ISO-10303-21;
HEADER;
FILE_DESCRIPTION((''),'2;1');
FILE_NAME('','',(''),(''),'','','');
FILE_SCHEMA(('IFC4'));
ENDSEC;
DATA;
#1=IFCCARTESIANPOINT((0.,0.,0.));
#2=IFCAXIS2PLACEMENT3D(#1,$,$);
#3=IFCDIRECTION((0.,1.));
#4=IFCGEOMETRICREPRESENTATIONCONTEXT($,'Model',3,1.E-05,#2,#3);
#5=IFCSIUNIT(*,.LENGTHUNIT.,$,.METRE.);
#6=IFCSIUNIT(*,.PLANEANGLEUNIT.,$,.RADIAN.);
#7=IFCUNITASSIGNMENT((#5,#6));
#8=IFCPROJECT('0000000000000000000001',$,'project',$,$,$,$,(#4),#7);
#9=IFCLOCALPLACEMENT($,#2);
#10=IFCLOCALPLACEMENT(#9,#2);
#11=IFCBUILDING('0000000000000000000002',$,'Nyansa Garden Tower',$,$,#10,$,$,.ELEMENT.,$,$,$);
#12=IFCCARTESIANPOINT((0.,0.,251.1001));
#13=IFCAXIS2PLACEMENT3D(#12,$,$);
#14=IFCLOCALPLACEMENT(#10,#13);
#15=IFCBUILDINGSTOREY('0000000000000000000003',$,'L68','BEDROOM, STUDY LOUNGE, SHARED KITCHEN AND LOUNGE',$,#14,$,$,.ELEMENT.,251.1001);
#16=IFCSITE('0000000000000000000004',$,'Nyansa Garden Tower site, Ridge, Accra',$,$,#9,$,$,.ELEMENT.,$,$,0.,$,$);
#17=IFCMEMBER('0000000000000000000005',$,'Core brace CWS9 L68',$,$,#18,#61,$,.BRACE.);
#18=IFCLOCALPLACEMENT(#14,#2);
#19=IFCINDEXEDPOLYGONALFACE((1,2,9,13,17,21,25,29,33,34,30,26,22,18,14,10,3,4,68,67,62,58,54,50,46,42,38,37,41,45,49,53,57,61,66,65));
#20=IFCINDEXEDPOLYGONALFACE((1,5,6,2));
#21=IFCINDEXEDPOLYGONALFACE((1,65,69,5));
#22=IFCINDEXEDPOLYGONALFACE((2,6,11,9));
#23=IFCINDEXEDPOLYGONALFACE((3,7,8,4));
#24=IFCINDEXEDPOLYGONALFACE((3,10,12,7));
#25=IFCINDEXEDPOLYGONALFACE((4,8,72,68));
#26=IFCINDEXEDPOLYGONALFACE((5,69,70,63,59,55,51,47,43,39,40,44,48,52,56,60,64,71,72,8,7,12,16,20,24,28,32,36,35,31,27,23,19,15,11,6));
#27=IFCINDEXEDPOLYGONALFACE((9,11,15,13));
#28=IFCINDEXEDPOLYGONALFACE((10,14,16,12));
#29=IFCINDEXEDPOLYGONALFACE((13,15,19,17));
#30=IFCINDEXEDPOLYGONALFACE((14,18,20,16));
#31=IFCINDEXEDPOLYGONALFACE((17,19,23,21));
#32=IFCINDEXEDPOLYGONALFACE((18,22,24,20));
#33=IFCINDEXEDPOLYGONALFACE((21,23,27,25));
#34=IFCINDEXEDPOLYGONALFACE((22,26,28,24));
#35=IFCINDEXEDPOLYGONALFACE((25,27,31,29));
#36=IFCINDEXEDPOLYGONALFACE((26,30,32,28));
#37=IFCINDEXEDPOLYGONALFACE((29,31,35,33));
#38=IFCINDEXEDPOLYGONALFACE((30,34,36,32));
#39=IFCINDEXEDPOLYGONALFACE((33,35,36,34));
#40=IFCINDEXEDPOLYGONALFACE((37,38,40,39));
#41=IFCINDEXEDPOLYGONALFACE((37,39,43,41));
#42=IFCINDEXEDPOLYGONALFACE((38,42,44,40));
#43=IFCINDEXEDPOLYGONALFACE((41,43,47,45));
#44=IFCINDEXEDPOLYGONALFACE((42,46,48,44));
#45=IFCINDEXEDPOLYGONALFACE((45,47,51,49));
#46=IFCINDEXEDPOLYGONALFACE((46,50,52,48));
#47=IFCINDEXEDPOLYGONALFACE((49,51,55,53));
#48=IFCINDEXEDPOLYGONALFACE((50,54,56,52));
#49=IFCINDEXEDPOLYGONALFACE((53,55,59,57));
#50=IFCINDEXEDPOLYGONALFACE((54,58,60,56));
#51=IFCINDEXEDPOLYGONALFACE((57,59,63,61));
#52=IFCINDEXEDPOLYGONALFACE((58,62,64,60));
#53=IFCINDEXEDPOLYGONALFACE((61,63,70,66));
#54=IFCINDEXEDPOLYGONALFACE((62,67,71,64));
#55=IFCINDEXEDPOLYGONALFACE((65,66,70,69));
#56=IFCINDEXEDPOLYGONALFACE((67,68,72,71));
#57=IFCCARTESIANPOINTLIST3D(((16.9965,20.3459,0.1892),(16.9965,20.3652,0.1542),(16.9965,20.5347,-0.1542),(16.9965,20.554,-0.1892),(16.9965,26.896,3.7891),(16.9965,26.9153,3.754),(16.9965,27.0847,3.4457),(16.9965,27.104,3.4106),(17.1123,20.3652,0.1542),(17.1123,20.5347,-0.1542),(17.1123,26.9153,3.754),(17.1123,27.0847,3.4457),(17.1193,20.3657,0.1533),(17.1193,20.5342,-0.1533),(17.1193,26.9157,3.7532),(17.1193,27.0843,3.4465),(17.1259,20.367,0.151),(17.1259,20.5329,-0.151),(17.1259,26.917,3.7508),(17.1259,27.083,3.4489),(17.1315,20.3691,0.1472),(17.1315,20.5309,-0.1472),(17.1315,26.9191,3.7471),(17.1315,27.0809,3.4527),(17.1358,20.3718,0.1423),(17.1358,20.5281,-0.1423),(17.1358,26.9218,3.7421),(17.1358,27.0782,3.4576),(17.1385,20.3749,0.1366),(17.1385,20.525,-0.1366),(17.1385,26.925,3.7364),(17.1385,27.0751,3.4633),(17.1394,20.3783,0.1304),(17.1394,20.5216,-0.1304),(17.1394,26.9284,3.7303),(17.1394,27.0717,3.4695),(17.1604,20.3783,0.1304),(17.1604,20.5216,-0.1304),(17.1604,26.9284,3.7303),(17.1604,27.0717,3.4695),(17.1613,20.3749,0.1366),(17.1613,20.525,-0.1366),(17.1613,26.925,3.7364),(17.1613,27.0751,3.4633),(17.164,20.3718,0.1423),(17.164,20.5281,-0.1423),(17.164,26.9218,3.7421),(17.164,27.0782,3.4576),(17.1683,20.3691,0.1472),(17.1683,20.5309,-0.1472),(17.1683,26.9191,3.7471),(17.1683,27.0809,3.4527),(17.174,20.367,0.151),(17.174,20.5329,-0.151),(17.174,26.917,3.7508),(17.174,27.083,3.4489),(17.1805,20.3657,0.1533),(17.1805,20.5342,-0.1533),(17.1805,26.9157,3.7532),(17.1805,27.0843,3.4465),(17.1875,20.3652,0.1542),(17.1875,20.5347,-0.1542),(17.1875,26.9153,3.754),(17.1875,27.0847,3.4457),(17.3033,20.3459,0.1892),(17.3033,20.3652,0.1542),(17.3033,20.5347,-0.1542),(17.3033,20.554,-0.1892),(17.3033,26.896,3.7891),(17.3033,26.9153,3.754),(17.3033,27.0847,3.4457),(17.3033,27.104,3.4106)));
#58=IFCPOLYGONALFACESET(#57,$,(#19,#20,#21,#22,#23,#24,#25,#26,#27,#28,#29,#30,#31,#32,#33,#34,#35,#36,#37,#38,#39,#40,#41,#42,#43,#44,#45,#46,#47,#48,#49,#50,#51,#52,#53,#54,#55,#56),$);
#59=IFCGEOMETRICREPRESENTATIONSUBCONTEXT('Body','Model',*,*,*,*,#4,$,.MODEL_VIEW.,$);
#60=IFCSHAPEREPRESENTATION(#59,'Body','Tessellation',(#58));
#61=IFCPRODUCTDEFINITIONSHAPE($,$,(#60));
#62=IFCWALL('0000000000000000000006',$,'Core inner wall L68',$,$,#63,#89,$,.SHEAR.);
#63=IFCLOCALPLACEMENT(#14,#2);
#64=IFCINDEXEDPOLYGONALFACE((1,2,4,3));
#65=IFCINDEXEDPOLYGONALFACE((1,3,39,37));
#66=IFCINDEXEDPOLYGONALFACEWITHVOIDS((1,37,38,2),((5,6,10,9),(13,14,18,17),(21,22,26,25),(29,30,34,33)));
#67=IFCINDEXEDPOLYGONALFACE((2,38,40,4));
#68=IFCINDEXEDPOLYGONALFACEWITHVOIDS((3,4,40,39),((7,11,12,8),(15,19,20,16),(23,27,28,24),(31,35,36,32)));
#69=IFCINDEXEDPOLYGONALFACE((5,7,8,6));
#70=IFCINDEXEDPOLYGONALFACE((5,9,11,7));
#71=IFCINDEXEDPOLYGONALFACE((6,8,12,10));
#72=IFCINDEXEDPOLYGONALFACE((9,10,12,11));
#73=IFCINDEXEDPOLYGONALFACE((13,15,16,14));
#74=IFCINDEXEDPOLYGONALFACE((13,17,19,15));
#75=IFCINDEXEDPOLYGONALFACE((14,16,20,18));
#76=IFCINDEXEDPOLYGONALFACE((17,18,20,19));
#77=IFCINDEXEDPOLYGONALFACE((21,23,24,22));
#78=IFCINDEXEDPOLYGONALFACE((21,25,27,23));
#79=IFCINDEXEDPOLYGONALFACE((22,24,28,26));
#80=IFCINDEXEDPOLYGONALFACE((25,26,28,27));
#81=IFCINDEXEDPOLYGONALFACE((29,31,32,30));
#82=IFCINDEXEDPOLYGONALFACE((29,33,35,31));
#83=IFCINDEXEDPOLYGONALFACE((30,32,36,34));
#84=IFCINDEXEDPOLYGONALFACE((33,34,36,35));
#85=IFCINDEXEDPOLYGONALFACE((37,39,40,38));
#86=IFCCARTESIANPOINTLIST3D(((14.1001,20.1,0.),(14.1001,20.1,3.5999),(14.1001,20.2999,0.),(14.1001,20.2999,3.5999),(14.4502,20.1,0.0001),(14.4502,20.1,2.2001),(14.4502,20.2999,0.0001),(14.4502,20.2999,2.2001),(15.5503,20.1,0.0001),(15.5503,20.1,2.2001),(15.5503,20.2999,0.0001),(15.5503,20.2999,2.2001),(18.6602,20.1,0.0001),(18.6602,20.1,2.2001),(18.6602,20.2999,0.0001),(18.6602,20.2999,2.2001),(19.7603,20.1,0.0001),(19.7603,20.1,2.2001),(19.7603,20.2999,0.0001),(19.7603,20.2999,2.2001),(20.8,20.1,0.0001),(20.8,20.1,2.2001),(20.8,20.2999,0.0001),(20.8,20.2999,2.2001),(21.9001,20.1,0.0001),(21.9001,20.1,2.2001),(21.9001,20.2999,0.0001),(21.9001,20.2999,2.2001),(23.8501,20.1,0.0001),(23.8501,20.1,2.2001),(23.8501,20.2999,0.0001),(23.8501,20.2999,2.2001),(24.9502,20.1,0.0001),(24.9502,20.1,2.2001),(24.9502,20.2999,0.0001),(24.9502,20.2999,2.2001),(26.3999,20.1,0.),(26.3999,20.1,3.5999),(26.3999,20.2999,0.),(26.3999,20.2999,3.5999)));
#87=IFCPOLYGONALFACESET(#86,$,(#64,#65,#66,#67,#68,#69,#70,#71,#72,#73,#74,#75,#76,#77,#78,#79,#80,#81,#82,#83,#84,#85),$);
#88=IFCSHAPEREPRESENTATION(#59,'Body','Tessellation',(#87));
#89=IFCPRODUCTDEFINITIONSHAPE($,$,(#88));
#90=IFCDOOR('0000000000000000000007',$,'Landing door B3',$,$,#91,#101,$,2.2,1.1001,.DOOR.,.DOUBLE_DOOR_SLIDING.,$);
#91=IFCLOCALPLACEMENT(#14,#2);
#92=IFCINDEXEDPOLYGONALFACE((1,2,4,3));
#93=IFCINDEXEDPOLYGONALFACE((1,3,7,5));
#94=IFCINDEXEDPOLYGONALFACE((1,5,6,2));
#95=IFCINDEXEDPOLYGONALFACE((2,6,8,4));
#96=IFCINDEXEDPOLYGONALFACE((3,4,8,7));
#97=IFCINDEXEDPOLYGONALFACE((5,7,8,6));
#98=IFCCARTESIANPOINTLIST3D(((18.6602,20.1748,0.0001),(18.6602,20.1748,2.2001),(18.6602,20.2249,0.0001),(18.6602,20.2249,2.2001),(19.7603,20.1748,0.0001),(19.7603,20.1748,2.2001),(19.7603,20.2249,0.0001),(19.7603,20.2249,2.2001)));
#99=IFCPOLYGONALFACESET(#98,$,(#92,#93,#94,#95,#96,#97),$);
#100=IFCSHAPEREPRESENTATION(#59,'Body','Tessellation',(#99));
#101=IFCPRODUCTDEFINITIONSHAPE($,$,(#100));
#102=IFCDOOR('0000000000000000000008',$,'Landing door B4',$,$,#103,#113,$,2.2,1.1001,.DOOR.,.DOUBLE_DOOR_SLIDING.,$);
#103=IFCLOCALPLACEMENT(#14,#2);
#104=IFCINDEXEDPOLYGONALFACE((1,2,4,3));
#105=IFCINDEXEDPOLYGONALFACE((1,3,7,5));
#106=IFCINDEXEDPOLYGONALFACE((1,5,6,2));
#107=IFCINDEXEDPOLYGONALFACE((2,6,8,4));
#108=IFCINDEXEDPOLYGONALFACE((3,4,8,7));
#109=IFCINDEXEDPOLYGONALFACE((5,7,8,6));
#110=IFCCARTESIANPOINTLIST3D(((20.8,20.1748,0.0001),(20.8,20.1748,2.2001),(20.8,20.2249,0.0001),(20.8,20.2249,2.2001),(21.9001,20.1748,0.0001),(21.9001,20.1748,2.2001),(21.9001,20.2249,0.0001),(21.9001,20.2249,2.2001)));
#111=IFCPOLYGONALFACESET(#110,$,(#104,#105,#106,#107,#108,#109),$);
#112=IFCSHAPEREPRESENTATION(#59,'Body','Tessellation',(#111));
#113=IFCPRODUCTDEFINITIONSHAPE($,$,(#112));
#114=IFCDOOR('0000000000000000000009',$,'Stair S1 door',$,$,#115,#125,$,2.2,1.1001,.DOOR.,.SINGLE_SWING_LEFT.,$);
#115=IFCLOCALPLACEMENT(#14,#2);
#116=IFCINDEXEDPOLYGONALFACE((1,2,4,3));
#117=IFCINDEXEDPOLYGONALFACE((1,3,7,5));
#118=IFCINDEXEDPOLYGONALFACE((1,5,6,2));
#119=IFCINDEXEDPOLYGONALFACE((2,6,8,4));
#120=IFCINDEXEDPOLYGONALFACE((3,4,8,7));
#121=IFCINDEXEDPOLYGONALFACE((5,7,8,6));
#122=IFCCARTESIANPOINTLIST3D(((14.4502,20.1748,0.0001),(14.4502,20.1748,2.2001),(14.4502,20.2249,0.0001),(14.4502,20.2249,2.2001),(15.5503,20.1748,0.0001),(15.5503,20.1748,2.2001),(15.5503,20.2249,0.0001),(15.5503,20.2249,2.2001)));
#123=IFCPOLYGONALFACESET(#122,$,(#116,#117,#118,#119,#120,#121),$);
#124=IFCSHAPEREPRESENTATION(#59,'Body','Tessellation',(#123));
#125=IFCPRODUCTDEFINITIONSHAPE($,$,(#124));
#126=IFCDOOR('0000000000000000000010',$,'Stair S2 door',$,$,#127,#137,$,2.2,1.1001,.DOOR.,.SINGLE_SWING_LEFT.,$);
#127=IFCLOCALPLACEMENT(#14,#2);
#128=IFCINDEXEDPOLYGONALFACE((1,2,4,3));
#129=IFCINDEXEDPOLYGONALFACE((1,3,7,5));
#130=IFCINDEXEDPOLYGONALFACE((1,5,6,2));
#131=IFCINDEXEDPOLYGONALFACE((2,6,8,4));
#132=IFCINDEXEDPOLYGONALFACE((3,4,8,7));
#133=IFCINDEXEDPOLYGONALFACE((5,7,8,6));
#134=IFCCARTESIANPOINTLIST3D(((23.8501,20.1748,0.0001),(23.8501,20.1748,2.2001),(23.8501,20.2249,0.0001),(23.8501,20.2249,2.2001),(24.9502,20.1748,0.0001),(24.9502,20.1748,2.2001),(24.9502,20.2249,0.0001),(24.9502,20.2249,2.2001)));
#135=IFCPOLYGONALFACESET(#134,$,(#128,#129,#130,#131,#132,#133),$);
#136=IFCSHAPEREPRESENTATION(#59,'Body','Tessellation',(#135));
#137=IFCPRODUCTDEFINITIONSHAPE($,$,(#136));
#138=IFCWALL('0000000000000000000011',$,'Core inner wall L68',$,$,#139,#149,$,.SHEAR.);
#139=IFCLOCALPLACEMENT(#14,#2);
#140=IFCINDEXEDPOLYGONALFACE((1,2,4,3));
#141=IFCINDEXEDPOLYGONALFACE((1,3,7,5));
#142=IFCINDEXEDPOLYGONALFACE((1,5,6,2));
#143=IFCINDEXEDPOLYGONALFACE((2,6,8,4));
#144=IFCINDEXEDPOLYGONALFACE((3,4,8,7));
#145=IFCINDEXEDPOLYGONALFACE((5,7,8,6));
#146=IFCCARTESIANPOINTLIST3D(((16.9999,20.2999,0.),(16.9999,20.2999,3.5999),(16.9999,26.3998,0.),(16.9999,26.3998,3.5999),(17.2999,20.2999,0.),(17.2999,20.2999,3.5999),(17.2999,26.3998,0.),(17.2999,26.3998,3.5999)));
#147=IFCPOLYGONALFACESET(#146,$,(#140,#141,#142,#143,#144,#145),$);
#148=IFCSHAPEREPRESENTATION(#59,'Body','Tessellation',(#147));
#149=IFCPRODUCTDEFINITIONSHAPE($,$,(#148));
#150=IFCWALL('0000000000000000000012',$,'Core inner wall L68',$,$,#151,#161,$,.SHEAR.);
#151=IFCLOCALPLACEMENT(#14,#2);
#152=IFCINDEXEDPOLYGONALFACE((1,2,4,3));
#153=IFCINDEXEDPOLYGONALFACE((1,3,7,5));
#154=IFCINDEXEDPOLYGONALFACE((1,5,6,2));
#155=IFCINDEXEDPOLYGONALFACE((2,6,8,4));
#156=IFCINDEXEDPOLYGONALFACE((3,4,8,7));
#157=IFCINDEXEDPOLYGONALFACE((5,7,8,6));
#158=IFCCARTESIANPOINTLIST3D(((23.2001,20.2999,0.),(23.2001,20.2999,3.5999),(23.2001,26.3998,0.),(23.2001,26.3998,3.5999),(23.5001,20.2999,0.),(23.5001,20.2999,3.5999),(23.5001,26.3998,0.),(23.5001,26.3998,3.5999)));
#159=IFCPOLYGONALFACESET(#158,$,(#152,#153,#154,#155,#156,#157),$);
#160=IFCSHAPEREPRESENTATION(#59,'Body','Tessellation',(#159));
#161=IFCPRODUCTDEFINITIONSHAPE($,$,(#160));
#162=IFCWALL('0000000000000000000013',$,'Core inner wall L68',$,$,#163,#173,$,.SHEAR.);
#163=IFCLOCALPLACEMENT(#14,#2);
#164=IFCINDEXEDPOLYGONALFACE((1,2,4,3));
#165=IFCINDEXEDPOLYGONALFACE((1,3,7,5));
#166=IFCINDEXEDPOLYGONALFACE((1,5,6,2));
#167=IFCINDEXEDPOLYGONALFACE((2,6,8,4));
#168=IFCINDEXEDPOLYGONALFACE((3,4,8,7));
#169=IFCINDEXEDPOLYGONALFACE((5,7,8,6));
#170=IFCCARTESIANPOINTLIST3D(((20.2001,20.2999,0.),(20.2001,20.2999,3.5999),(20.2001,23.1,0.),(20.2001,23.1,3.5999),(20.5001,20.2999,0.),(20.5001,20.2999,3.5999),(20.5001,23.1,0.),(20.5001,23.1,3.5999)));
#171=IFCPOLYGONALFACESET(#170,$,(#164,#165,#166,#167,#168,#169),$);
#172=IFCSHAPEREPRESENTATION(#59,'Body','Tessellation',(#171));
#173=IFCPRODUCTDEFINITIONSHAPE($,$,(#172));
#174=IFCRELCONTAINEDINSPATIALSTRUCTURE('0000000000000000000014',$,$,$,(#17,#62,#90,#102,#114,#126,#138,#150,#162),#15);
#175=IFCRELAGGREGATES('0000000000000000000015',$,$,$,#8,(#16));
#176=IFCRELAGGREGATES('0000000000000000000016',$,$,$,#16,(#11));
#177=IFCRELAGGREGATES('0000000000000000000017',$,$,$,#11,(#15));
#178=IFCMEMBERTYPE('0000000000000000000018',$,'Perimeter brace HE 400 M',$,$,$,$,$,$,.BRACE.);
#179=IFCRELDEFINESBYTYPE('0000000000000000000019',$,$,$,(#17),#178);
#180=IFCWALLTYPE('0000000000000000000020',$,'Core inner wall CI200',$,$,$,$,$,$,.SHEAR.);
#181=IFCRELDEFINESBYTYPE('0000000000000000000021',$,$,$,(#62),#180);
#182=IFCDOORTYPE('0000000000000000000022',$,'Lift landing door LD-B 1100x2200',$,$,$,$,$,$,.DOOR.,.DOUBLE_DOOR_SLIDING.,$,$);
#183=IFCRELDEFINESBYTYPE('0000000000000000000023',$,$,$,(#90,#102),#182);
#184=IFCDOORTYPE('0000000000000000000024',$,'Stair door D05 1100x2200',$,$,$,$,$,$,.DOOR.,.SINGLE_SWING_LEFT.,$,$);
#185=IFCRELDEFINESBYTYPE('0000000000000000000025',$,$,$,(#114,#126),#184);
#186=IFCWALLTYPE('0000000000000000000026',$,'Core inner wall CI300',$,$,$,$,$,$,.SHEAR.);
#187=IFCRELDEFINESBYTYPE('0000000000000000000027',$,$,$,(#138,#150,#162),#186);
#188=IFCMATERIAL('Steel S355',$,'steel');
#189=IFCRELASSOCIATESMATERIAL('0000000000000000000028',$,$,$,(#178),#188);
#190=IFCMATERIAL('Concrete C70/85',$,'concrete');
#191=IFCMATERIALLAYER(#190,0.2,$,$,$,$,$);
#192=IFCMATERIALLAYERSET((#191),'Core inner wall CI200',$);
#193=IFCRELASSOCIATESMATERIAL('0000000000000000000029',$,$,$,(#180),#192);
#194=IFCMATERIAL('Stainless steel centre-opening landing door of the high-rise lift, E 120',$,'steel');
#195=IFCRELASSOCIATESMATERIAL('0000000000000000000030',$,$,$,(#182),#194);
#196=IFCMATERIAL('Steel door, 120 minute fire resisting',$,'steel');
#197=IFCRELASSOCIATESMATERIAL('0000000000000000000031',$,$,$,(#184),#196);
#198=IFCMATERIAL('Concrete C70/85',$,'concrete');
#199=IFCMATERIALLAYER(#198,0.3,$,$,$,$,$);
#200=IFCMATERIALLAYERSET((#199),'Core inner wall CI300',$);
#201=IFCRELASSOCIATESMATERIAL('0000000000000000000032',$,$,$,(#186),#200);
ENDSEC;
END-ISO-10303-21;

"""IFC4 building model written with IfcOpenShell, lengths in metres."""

from ifc_helpers import new_model, si_unit, direction, frame, frame_2d, origin, origin_2d, place, context, subcontext, project, spatial, rectangle, i_section, extrude, material, layer, layer_set, material_profile, profile_set, type_object, element, fill, save


model = new_model("IFC4")

# Units and contexts
model_context = context("Model", 3, precision=1e-05, world=origin(), true_north=direction((0.0, 1.0)))
body_context = subcontext(model_context, "Body", "Model", "MODEL_VIEW")
ifc_project = project(units=[si_unit("LENGTHUNIT", "METRE"), si_unit("PLANEANGLEUNIT", "RADIAN")], contexts=[model_context])

# Site, building, storey
site_placement = place(None, origin())
site = spatial("IfcSite", under=ifc_project, at=site_placement, Name="Nyansa Garden Tower site, Ridge, Accra", CompositionType="ELEMENT", RefElevation=0.0)
building_placement = place(site_placement, origin())
building = spatial("IfcBuilding", under=site, at=building_placement, Name="Nyansa Garden Tower", CompositionType="ELEMENT")
storey_placement = place(building_placement, frame((0.0, 0.0, 251.1001)))
storey = spatial("IfcBuildingStorey", under=building, at=storey_placement, Name="L68", Description="BEDROOM, STUDY LOUNGE, SHARED KITCHEN AND LOUNGE", CompositionType="ELEMENT", Elevation=251.1001)

# Member
ifc_material_1 = material(Name="Steel S355", Category="steel")
ifc_material_profile = material_profile(ifc_material_1, i_section(OverallWidth=0.3069, OverallDepth=0.4319, WebThickness=0.021, FlangeThickness=0.04, FilletRadius=0.0271, at=origin_2d()), Name="HE 400 M")
ifc_profile_set = profile_set([ifc_material_profile], Name="Steel S355")
member_type = type_object("IfcMemberType", Name="Perimeter brace HE 400 M", PredefinedType="BRACE", material=ifc_profile_set)
member_placement = place(storey_placement, frame((17.1499, 20.45, 0.0), z_axis=(0.0, 0.876367, 0.481644), x_axis=(-1.0, 0.0, 0.0)))
element("IfcMember", 1, at=member_placement, inside=storey, type_object=member_type, Name="Core brace CWS9 L68", PredefinedType="BRACE", context=body_context, shape_type="SweptSolid", body=[
    extrude(i_section(OverallWidth=0.3069, OverallDepth=0.4319, WebThickness=0.021, FlangeThickness=0.04, FilletRadius=0.0271, at=origin_2d()), origin(), (0.0, 0.0, 1.0), 7.4741),
])

# Wall, openings, doors
ifc_material_2 = material(Name="Concrete C70/85", Category="concrete")
ifc_layer_1 = layer(ifc_material_2, 0.2)
ifc_layer_set_1 = layer_set([ifc_layer_1], Name="Core inner wall CI200")
wall_type_1 = type_object("IfcWallType", Name="Core inner wall CI200", PredefinedType="SHEAR", material=ifc_layer_set_1)
wall_1_placement = place(storey_placement, frame((14.1001, 20.2, 0.0), z_axis=(0.0, 0.0, 1.0), x_axis=(1.0, 0.0, 0.0)))
wall_1 = element("IfcWall", 2, at=wall_1_placement, inside=storey, type_object=wall_type_1, Name="Core inner wall L68", PredefinedType="SHEAR", context=body_context, shape_type="SweptSolid", body=[
    extrude(rectangle(XDim=12.2998, YDim=0.2, at=frame_2d((6.1499, 0.0))), origin(), (0.0, 0.0, 1.0), 3.5999),
])
opening_1_placement = place(wall_1_placement, frame((4.5601, 0.0, 0.0)))
opening_1 = element("IfcOpeningElement", 3, at=opening_1_placement, cuts=wall_1, PredefinedType="OPENING", context=body_context, shape_type="SweptSolid", body=[
    extrude(rectangle(XDim=1.1001, YDim=2.2, at=frame_2d((0.55, 1.1001))), frame((0.0, 0.1099, 0.0), z_axis=(0.0, -1.0, 0.0), x_axis=(1.0, 0.0, 0.0)), (0.0, 0.0, 1.0), 0.22),
])
opening_2_placement = place(wall_1_placement, frame((6.7, 0.0, 0.0)))
opening_2 = element("IfcOpeningElement", 4, at=opening_2_placement, cuts=wall_1, PredefinedType="OPENING", context=body_context, shape_type="SweptSolid", body=[
    extrude(rectangle(XDim=1.1001, YDim=2.2, at=frame_2d((0.55, 1.1001))), frame((0.0, 0.1099, 0.0), z_axis=(0.0, -1.0, 0.0), x_axis=(1.0, 0.0, 0.0)), (0.0, 0.0, 1.0), 0.22),
])
opening_3_placement = place(wall_1_placement, frame((0.3501, 0.0, 0.0)))
opening_3 = element("IfcOpeningElement", 5, at=opening_3_placement, cuts=wall_1, PredefinedType="OPENING", context=body_context, shape_type="SweptSolid", body=[
    extrude(rectangle(XDim=1.1001, YDim=2.2, at=frame_2d((0.55, 1.1001))), frame((0.0, 0.1099, 0.0), z_axis=(0.0, -1.0, 0.0), x_axis=(1.0, 0.0, 0.0)), (0.0, 0.0, 1.0), 0.22),
])
opening_4_placement = place(wall_1_placement, frame((9.75, 0.0, 0.0)))
opening_4 = element("IfcOpeningElement", 6, at=opening_4_placement, cuts=wall_1, PredefinedType="OPENING", context=body_context, shape_type="SweptSolid", body=[
    extrude(rectangle(XDim=1.1001, YDim=2.2, at=frame_2d((0.55, 1.1001))), frame((0.0, 0.1099, 0.0), z_axis=(0.0, -1.0, 0.0), x_axis=(1.0, 0.0, 0.0)), (0.0, 0.0, 1.0), 0.22),
])
ifc_material_3 = material(Name="Stainless steel centre-opening landing door of the high-rise lift, E 120", Category="steel")
door_type_1 = type_object("IfcDoorType", Name="Lift landing door LD-B 1100x2200", OperationType="DOUBLE_DOOR_SLIDING", PredefinedType="DOOR", material=ifc_material_3)
door_1_placement = place(opening_1_placement, origin())
door_1 = element("IfcDoor", 7, at=door_1_placement, inside=storey, type_object=door_type_1, Name="Landing door B3", OperationType="DOUBLE_DOOR_SLIDING", OverallHeight=2.2, OverallWidth=1.1001, PredefinedType="DOOR", context=body_context, shape_type="SweptSolid", body=[
    extrude(rectangle(XDim=1.1001, YDim=2.2, at=frame_2d((0.55, 1.1001))), frame((0.0, 0.0249, 0.0), z_axis=(0.0, -1.0, 0.0), x_axis=(1.0, 0.0, 0.0)), (0.0, 0.0, 1.0), 0.05),
])
fill(opening_1, door_1)
door_2_placement = place(opening_2_placement, origin())
door_2 = element("IfcDoor", 8, at=door_2_placement, inside=storey, type_object=door_type_1, Name="Landing door B4", OperationType="DOUBLE_DOOR_SLIDING", OverallHeight=2.2, OverallWidth=1.1001, PredefinedType="DOOR", context=body_context, shape_type="SweptSolid", body=[
    extrude(rectangle(XDim=1.1001, YDim=2.2, at=frame_2d((0.55, 1.1001))), frame((0.0, 0.0249, 0.0), z_axis=(0.0, -1.0, 0.0), x_axis=(1.0, 0.0, 0.0)), (0.0, 0.0, 1.0), 0.05),
])
fill(opening_2, door_2)
ifc_material_4 = material(Name="Steel door, 120 minute fire resisting", Category="steel")
door_type_2 = type_object("IfcDoorType", Name="Stair door D05 1100x2200", OperationType="SINGLE_SWING_LEFT", PredefinedType="DOOR", material=ifc_material_4)
door_3_placement = place(opening_3_placement, origin())
door_3 = element("IfcDoor", 9, at=door_3_placement, inside=storey, type_object=door_type_2, Name="Stair S1 door", OperationType="SINGLE_SWING_LEFT", OverallHeight=2.2, OverallWidth=1.1001, PredefinedType="DOOR", context=body_context, shape_type="SweptSolid", body=[
    extrude(rectangle(XDim=1.1001, YDim=2.2, at=frame_2d((0.55, 1.1001))), frame((0.0, 0.0249, 0.0), z_axis=(0.0, -1.0, 0.0), x_axis=(1.0, 0.0, 0.0)), (0.0, 0.0, 1.0), 0.05),
])
fill(opening_3, door_3)
door_4_placement = place(opening_4_placement, origin())
door_4 = element("IfcDoor", 10, at=door_4_placement, inside=storey, type_object=door_type_2, Name="Stair S2 door", OperationType="SINGLE_SWING_LEFT", OverallHeight=2.2, OverallWidth=1.1001, PredefinedType="DOOR", context=body_context, shape_type="SweptSolid", body=[
    extrude(rectangle(XDim=1.1001, YDim=2.2, at=frame_2d((0.55, 1.1001))), frame((0.0, 0.0249, 0.0), z_axis=(0.0, -1.0, 0.0), x_axis=(1.0, 0.0, 0.0)), (0.0, 0.0, 1.0), 0.05),
])
fill(opening_4, door_4)

# Walls
ifc_material_5 = material(Name="Concrete C70/85", Category="concrete")
ifc_layer_2 = layer(ifc_material_5, 0.3)
ifc_layer_set_2 = layer_set([ifc_layer_2], Name="Core inner wall CI300")
wall_type_2 = type_object("IfcWallType", Name="Core inner wall CI300", PredefinedType="SHEAR", material=ifc_layer_set_2)
for number, where, z_axis, x_axis, name in (
    (11, (17.1499, 20.3, 0.0), (0.0, 0.0, 1.0), (0.0, 1.0, 0.0), "Core inner wall L68"),
    (12, (23.3501, 20.3, 0.0), (0.0, 0.0, 1.0), (0.0, 1.0, 0.0), "Core inner wall L68"),
):
    element("IfcWall", number, at=place(storey_placement, frame(where, z_axis=z_axis, x_axis=x_axis)), inside=storey, type_object=wall_type_2, Name=name, PredefinedType="SHEAR", context=body_context, shape_type="SweptSolid", body=[
        extrude(rectangle(XDim=6.0999, YDim=0.3, at=frame_2d((3.0498, 0.0))), origin(), (0.0, 0.0, 1.0), 3.5999),
    ])
wall_2_placement = place(storey_placement, frame((20.3501, 20.3, 0.0), z_axis=(0.0, 0.0, 1.0), x_axis=(0.0, 1.0, 0.0)))
element("IfcWall", 13, at=wall_2_placement, inside=storey, type_object=wall_type_2, Name="Core inner wall L68", PredefinedType="SHEAR", context=body_context, shape_type="SweptSolid", body=[
    extrude(rectangle(XDim=2.8, YDim=0.3, at=frame_2d((1.3999, 0.0))), origin(), (0.0, 0.0, 1.0), 3.5999),
])

save(model, "model.ifc")
